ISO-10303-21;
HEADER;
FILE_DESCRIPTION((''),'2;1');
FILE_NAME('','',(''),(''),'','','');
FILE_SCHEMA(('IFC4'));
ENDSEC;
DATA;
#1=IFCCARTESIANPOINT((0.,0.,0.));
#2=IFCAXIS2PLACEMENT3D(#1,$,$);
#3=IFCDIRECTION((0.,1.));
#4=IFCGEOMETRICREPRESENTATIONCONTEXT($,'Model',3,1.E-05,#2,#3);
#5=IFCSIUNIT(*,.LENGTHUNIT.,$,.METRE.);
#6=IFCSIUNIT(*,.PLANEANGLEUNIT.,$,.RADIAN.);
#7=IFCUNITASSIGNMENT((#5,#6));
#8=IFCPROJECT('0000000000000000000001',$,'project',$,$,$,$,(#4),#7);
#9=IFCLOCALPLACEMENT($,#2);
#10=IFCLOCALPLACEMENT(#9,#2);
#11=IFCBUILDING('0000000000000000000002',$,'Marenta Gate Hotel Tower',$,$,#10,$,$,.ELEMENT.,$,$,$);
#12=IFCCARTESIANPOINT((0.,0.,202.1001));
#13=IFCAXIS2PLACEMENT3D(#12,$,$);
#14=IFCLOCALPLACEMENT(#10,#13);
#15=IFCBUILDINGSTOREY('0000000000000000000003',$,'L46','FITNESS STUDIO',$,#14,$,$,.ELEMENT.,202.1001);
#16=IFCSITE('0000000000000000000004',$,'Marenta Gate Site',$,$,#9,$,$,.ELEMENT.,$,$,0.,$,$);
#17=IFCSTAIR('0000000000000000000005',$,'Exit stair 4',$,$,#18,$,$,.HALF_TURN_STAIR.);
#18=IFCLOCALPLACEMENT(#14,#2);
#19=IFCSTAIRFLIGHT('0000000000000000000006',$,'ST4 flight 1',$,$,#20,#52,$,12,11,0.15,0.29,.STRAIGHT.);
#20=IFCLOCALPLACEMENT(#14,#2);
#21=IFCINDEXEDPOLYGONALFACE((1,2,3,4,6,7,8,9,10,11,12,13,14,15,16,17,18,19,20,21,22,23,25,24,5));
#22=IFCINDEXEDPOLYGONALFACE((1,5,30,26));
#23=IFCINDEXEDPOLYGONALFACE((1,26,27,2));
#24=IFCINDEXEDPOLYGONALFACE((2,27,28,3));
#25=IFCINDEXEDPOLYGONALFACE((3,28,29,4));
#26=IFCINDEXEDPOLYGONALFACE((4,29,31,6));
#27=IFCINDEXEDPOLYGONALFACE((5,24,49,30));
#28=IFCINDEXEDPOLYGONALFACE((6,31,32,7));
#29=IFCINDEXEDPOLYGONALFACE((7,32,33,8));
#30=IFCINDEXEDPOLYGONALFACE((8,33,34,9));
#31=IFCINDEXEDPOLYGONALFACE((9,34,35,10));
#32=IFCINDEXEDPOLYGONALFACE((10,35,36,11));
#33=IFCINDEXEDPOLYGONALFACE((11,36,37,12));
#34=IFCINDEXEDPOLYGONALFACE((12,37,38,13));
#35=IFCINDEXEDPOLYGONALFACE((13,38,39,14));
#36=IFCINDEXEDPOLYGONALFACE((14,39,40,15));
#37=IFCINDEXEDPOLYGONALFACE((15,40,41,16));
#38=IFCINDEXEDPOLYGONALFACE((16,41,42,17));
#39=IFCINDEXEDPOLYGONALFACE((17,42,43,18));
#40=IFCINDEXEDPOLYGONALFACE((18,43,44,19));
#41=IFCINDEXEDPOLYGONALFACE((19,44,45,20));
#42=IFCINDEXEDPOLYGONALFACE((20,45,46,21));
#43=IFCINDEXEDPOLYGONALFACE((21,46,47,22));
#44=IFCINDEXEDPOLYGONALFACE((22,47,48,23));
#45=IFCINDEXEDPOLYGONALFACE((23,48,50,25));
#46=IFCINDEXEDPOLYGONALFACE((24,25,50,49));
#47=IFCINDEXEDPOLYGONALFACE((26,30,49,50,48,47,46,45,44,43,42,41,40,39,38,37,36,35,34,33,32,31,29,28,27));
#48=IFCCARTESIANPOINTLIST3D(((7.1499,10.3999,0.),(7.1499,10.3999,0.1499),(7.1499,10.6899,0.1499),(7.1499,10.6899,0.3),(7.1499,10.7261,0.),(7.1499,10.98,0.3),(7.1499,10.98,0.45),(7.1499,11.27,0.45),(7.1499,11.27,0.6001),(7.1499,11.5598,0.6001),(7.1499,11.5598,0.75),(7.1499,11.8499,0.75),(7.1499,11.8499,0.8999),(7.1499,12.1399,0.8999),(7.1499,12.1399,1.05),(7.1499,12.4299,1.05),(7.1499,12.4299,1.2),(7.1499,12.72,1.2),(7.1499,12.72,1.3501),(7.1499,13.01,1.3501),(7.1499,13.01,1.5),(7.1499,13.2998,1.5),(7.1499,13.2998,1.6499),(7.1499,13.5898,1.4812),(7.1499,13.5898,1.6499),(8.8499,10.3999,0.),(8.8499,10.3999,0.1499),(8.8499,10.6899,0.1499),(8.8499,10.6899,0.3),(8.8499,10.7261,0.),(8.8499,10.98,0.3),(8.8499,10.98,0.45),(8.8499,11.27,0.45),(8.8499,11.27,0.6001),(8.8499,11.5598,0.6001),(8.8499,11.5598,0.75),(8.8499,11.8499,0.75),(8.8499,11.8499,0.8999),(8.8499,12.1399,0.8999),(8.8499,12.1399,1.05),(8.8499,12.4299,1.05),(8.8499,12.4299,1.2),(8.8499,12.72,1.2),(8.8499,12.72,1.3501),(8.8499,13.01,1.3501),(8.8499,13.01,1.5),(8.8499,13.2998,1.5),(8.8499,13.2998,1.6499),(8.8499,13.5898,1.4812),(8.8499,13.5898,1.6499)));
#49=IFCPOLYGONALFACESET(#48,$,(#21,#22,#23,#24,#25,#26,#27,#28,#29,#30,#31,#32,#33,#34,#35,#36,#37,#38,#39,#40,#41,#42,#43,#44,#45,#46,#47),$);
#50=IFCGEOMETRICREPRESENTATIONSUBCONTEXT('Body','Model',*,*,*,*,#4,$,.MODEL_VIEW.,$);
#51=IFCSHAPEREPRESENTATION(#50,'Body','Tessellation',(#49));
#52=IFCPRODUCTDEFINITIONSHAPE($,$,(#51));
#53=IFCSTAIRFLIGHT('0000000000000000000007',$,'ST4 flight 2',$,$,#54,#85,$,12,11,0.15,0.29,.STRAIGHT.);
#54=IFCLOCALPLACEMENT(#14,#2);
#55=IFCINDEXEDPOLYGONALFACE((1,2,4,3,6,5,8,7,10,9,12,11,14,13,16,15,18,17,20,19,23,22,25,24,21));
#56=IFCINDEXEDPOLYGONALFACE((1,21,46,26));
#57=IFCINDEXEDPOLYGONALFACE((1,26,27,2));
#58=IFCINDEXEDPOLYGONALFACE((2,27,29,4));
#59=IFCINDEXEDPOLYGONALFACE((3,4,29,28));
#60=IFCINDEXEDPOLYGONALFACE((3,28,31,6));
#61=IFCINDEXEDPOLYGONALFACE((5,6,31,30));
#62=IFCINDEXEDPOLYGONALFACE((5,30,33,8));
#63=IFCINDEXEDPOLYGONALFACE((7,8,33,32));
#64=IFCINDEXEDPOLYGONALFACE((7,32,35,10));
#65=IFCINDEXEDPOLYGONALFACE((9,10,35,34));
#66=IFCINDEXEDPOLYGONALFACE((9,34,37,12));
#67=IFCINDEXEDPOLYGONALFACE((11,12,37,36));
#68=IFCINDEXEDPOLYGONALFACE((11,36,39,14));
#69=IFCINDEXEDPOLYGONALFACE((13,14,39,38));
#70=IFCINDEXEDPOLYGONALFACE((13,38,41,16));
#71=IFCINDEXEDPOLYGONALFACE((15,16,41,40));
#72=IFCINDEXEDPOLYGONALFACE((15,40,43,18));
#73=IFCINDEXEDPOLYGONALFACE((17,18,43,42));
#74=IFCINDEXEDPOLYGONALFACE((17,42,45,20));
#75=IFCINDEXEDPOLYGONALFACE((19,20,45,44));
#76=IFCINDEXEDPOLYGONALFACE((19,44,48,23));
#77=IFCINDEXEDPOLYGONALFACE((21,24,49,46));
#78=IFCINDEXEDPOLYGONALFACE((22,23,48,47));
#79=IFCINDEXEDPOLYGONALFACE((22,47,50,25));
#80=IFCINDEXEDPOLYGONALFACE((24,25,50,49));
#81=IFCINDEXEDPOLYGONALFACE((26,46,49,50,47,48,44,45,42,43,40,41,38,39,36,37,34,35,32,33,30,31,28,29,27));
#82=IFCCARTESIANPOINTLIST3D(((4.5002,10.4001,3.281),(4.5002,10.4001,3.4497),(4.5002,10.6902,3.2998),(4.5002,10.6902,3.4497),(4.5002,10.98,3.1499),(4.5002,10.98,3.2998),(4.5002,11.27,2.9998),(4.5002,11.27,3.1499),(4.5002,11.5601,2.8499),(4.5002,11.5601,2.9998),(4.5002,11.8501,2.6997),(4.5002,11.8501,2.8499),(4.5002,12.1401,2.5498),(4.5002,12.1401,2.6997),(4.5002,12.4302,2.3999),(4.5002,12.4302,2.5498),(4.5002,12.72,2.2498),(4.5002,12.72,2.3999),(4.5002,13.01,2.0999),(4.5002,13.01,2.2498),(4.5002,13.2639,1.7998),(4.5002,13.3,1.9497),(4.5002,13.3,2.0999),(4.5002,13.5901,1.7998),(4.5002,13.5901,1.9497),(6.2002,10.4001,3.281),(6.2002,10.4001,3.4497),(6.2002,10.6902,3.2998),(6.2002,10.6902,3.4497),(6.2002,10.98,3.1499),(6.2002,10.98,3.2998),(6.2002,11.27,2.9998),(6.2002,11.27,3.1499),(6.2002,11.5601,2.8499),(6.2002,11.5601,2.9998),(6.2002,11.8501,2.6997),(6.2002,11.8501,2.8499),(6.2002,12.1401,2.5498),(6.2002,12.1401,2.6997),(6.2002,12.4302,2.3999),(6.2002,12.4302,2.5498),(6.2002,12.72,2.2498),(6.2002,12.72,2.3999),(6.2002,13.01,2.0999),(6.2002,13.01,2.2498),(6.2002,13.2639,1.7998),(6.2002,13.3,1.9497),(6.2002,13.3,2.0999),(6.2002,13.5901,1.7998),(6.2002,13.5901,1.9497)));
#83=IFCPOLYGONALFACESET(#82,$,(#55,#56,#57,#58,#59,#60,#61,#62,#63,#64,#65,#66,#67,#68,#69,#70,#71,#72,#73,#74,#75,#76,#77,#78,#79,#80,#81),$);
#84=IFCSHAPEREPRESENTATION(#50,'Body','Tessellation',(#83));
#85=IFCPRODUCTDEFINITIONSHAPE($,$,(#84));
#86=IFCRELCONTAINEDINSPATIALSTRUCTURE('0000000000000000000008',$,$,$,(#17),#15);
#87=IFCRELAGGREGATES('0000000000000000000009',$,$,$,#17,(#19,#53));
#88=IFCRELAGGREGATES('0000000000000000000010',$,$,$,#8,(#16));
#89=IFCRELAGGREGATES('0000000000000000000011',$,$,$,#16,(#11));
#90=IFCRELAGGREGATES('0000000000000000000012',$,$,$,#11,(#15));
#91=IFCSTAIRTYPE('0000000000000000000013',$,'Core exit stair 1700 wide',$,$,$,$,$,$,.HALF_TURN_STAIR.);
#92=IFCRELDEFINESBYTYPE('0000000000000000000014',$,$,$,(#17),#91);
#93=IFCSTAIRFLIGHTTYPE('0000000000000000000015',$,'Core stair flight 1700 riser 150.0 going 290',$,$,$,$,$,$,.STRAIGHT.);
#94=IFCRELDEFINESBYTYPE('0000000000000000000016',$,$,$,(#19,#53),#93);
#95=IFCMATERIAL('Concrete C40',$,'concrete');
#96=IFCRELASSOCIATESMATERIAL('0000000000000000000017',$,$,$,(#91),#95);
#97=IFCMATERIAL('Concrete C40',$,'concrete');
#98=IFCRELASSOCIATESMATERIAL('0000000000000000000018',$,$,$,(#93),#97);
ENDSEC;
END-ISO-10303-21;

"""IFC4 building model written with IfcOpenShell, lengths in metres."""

from ifc_helpers import new_model, si_unit, direction, frame, origin, place, context, subcontext, project, spatial, polyline, outline, extrude, material, type_object, element, aggregate, save


model = new_model("IFC4")

# Units and contexts
model_context = context("Model", 3, precision=1e-05, world=origin(), true_north=direction((0.0, 1.0)))
body_context = subcontext(model_context, "Body", "Model", "MODEL_VIEW")
ifc_project = project(units=[si_unit("LENGTHUNIT", "METRE"), si_unit("PLANEANGLEUNIT", "RADIAN")], contexts=[model_context])

# Site, building, storey
site_placement = place(None, origin())
site = spatial("IfcSite", under=ifc_project, at=site_placement, Name="Marenta Gate Site", CompositionType="ELEMENT", RefElevation=0.0)
building_placement = place(site_placement, origin())
building = spatial("IfcBuilding", under=site, at=building_placement, Name="Marenta Gate Hotel Tower", CompositionType="ELEMENT")
storey_placement = place(building_placement, frame((0.0, 0.0, 202.1001)))
storey = spatial("IfcBuildingStorey", under=building, at=storey_placement, Name="L46", Description="FITNESS STUDIO", CompositionType="ELEMENT", Elevation=202.1001)

# Stair, stair flights
ifc_material_1 = material(Name="Concrete C40", Category="concrete")
stair_type = type_object("IfcStairType", Name="Core exit stair 1700 wide", PredefinedType="HALF_TURN_STAIR", material=ifc_material_1)
stair_placement = place(storey_placement, origin())
stair = element("IfcStair", 1, at=stair_placement, inside=storey, type_object=stair_type, Name="Exit stair 4", PredefinedType="HALF_TURN_STAIR")
ifc_material_2 = material(Name="Concrete C40", Category="concrete")
stair_flight_type = type_object("IfcStairFlightType", Name="Core stair flight 1700 riser 150.0 going 290", PredefinedType="STRAIGHT", material=ifc_material_2)
stair_flight_1_placement = place(storey_placement, frame((8.0, 10.3999, 0.0), z_axis=(0.0, 0.0, 1.0), x_axis=(0.0, 1.0, 0.0)))
stair_flight_1 = element("IfcStairFlight", 2, at=stair_flight_1_placement, type_object=stair_flight_type, Name="ST4 flight 1", NumberOfRisers=12, NumberOfTreads=11, PredefinedType="STRAIGHT", RiserHeight=0.15, TreadLength=0.29, context=body_context, shape_type="SweptSolid", body=[
    extrude(outline(polyline([(0.0, 0.0), (0.0, 0.1499), (0.29, 0.1499), (0.29, 0.3), (0.5801, 0.3), (0.5801, 0.45), (0.8701, 0.45), (0.8701, 0.6001), (1.1599, 0.6001), (1.1599, 0.75), (1.45, 0.75), (1.45, 0.8999), (1.74, 0.8999), (1.74, 1.05), (2.03, 1.05), (2.03, 1.2), (2.3201, 1.2), (2.3201, 1.3501), (2.6101, 1.3501), (2.6101, 1.5), (2.8999, 1.5), (2.8999, 1.6499), (3.1899, 1.6499), (3.1899, 1.8), (3.1899, 1.4812), (0.3262, 0.0), (0.0, 0.0)])), frame((0.0, 0.8501, 0.0), z_axis=(0.0, -1.0, 0.0), x_axis=(1.0, 0.0, 0.0)), (0.0, 0.0, 1.0), 1.7),
])
stair_flight_2_placement = place(storey_placement, frame((5.3501, 13.5901, 1.7998), z_axis=(0.0, 0.0, 1.0), x_axis=(0.0, -1.0, 0.0)))
stair_flight_2 = element("IfcStairFlight", 3, at=stair_flight_2_placement, type_object=stair_flight_type, Name="ST4 flight 2", NumberOfRisers=12, NumberOfTreads=11, PredefinedType="STRAIGHT", RiserHeight=0.15, TreadLength=0.29, context=body_context, shape_type="SweptSolid", body=[
    extrude(outline(polyline([(0.0, 0.0), (0.0, 0.1499), (0.29, 0.1499), (0.29, 0.3), (0.5801, 0.3), (0.5801, 0.45), (0.8701, 0.45), (0.8701, 0.6001), (1.1599, 0.6001), (1.1599, 0.75), (1.45, 0.75), (1.45, 0.8999), (1.74, 0.8999), (1.74, 1.05), (2.03, 1.05), (2.03, 1.2), (2.3201, 1.2), (2.3201, 1.3501), (2.6101, 1.3501), (2.6101, 1.5), (2.8999, 1.5), (2.8999, 1.6499), (3.1899, 1.6499), (3.1899, 1.8), (3.1899, 1.4812), (0.3262, 0.0), (0.0, 0.0)])), frame((0.0, 0.8501, 0.0), z_axis=(0.0, -1.0, 0.0), x_axis=(1.0, 0.0, 0.0)), (0.0, 0.0, 1.0), 1.7),
])
aggregate(stair, [stair_flight_1, stair_flight_2])

save(model, "model.ifc")
